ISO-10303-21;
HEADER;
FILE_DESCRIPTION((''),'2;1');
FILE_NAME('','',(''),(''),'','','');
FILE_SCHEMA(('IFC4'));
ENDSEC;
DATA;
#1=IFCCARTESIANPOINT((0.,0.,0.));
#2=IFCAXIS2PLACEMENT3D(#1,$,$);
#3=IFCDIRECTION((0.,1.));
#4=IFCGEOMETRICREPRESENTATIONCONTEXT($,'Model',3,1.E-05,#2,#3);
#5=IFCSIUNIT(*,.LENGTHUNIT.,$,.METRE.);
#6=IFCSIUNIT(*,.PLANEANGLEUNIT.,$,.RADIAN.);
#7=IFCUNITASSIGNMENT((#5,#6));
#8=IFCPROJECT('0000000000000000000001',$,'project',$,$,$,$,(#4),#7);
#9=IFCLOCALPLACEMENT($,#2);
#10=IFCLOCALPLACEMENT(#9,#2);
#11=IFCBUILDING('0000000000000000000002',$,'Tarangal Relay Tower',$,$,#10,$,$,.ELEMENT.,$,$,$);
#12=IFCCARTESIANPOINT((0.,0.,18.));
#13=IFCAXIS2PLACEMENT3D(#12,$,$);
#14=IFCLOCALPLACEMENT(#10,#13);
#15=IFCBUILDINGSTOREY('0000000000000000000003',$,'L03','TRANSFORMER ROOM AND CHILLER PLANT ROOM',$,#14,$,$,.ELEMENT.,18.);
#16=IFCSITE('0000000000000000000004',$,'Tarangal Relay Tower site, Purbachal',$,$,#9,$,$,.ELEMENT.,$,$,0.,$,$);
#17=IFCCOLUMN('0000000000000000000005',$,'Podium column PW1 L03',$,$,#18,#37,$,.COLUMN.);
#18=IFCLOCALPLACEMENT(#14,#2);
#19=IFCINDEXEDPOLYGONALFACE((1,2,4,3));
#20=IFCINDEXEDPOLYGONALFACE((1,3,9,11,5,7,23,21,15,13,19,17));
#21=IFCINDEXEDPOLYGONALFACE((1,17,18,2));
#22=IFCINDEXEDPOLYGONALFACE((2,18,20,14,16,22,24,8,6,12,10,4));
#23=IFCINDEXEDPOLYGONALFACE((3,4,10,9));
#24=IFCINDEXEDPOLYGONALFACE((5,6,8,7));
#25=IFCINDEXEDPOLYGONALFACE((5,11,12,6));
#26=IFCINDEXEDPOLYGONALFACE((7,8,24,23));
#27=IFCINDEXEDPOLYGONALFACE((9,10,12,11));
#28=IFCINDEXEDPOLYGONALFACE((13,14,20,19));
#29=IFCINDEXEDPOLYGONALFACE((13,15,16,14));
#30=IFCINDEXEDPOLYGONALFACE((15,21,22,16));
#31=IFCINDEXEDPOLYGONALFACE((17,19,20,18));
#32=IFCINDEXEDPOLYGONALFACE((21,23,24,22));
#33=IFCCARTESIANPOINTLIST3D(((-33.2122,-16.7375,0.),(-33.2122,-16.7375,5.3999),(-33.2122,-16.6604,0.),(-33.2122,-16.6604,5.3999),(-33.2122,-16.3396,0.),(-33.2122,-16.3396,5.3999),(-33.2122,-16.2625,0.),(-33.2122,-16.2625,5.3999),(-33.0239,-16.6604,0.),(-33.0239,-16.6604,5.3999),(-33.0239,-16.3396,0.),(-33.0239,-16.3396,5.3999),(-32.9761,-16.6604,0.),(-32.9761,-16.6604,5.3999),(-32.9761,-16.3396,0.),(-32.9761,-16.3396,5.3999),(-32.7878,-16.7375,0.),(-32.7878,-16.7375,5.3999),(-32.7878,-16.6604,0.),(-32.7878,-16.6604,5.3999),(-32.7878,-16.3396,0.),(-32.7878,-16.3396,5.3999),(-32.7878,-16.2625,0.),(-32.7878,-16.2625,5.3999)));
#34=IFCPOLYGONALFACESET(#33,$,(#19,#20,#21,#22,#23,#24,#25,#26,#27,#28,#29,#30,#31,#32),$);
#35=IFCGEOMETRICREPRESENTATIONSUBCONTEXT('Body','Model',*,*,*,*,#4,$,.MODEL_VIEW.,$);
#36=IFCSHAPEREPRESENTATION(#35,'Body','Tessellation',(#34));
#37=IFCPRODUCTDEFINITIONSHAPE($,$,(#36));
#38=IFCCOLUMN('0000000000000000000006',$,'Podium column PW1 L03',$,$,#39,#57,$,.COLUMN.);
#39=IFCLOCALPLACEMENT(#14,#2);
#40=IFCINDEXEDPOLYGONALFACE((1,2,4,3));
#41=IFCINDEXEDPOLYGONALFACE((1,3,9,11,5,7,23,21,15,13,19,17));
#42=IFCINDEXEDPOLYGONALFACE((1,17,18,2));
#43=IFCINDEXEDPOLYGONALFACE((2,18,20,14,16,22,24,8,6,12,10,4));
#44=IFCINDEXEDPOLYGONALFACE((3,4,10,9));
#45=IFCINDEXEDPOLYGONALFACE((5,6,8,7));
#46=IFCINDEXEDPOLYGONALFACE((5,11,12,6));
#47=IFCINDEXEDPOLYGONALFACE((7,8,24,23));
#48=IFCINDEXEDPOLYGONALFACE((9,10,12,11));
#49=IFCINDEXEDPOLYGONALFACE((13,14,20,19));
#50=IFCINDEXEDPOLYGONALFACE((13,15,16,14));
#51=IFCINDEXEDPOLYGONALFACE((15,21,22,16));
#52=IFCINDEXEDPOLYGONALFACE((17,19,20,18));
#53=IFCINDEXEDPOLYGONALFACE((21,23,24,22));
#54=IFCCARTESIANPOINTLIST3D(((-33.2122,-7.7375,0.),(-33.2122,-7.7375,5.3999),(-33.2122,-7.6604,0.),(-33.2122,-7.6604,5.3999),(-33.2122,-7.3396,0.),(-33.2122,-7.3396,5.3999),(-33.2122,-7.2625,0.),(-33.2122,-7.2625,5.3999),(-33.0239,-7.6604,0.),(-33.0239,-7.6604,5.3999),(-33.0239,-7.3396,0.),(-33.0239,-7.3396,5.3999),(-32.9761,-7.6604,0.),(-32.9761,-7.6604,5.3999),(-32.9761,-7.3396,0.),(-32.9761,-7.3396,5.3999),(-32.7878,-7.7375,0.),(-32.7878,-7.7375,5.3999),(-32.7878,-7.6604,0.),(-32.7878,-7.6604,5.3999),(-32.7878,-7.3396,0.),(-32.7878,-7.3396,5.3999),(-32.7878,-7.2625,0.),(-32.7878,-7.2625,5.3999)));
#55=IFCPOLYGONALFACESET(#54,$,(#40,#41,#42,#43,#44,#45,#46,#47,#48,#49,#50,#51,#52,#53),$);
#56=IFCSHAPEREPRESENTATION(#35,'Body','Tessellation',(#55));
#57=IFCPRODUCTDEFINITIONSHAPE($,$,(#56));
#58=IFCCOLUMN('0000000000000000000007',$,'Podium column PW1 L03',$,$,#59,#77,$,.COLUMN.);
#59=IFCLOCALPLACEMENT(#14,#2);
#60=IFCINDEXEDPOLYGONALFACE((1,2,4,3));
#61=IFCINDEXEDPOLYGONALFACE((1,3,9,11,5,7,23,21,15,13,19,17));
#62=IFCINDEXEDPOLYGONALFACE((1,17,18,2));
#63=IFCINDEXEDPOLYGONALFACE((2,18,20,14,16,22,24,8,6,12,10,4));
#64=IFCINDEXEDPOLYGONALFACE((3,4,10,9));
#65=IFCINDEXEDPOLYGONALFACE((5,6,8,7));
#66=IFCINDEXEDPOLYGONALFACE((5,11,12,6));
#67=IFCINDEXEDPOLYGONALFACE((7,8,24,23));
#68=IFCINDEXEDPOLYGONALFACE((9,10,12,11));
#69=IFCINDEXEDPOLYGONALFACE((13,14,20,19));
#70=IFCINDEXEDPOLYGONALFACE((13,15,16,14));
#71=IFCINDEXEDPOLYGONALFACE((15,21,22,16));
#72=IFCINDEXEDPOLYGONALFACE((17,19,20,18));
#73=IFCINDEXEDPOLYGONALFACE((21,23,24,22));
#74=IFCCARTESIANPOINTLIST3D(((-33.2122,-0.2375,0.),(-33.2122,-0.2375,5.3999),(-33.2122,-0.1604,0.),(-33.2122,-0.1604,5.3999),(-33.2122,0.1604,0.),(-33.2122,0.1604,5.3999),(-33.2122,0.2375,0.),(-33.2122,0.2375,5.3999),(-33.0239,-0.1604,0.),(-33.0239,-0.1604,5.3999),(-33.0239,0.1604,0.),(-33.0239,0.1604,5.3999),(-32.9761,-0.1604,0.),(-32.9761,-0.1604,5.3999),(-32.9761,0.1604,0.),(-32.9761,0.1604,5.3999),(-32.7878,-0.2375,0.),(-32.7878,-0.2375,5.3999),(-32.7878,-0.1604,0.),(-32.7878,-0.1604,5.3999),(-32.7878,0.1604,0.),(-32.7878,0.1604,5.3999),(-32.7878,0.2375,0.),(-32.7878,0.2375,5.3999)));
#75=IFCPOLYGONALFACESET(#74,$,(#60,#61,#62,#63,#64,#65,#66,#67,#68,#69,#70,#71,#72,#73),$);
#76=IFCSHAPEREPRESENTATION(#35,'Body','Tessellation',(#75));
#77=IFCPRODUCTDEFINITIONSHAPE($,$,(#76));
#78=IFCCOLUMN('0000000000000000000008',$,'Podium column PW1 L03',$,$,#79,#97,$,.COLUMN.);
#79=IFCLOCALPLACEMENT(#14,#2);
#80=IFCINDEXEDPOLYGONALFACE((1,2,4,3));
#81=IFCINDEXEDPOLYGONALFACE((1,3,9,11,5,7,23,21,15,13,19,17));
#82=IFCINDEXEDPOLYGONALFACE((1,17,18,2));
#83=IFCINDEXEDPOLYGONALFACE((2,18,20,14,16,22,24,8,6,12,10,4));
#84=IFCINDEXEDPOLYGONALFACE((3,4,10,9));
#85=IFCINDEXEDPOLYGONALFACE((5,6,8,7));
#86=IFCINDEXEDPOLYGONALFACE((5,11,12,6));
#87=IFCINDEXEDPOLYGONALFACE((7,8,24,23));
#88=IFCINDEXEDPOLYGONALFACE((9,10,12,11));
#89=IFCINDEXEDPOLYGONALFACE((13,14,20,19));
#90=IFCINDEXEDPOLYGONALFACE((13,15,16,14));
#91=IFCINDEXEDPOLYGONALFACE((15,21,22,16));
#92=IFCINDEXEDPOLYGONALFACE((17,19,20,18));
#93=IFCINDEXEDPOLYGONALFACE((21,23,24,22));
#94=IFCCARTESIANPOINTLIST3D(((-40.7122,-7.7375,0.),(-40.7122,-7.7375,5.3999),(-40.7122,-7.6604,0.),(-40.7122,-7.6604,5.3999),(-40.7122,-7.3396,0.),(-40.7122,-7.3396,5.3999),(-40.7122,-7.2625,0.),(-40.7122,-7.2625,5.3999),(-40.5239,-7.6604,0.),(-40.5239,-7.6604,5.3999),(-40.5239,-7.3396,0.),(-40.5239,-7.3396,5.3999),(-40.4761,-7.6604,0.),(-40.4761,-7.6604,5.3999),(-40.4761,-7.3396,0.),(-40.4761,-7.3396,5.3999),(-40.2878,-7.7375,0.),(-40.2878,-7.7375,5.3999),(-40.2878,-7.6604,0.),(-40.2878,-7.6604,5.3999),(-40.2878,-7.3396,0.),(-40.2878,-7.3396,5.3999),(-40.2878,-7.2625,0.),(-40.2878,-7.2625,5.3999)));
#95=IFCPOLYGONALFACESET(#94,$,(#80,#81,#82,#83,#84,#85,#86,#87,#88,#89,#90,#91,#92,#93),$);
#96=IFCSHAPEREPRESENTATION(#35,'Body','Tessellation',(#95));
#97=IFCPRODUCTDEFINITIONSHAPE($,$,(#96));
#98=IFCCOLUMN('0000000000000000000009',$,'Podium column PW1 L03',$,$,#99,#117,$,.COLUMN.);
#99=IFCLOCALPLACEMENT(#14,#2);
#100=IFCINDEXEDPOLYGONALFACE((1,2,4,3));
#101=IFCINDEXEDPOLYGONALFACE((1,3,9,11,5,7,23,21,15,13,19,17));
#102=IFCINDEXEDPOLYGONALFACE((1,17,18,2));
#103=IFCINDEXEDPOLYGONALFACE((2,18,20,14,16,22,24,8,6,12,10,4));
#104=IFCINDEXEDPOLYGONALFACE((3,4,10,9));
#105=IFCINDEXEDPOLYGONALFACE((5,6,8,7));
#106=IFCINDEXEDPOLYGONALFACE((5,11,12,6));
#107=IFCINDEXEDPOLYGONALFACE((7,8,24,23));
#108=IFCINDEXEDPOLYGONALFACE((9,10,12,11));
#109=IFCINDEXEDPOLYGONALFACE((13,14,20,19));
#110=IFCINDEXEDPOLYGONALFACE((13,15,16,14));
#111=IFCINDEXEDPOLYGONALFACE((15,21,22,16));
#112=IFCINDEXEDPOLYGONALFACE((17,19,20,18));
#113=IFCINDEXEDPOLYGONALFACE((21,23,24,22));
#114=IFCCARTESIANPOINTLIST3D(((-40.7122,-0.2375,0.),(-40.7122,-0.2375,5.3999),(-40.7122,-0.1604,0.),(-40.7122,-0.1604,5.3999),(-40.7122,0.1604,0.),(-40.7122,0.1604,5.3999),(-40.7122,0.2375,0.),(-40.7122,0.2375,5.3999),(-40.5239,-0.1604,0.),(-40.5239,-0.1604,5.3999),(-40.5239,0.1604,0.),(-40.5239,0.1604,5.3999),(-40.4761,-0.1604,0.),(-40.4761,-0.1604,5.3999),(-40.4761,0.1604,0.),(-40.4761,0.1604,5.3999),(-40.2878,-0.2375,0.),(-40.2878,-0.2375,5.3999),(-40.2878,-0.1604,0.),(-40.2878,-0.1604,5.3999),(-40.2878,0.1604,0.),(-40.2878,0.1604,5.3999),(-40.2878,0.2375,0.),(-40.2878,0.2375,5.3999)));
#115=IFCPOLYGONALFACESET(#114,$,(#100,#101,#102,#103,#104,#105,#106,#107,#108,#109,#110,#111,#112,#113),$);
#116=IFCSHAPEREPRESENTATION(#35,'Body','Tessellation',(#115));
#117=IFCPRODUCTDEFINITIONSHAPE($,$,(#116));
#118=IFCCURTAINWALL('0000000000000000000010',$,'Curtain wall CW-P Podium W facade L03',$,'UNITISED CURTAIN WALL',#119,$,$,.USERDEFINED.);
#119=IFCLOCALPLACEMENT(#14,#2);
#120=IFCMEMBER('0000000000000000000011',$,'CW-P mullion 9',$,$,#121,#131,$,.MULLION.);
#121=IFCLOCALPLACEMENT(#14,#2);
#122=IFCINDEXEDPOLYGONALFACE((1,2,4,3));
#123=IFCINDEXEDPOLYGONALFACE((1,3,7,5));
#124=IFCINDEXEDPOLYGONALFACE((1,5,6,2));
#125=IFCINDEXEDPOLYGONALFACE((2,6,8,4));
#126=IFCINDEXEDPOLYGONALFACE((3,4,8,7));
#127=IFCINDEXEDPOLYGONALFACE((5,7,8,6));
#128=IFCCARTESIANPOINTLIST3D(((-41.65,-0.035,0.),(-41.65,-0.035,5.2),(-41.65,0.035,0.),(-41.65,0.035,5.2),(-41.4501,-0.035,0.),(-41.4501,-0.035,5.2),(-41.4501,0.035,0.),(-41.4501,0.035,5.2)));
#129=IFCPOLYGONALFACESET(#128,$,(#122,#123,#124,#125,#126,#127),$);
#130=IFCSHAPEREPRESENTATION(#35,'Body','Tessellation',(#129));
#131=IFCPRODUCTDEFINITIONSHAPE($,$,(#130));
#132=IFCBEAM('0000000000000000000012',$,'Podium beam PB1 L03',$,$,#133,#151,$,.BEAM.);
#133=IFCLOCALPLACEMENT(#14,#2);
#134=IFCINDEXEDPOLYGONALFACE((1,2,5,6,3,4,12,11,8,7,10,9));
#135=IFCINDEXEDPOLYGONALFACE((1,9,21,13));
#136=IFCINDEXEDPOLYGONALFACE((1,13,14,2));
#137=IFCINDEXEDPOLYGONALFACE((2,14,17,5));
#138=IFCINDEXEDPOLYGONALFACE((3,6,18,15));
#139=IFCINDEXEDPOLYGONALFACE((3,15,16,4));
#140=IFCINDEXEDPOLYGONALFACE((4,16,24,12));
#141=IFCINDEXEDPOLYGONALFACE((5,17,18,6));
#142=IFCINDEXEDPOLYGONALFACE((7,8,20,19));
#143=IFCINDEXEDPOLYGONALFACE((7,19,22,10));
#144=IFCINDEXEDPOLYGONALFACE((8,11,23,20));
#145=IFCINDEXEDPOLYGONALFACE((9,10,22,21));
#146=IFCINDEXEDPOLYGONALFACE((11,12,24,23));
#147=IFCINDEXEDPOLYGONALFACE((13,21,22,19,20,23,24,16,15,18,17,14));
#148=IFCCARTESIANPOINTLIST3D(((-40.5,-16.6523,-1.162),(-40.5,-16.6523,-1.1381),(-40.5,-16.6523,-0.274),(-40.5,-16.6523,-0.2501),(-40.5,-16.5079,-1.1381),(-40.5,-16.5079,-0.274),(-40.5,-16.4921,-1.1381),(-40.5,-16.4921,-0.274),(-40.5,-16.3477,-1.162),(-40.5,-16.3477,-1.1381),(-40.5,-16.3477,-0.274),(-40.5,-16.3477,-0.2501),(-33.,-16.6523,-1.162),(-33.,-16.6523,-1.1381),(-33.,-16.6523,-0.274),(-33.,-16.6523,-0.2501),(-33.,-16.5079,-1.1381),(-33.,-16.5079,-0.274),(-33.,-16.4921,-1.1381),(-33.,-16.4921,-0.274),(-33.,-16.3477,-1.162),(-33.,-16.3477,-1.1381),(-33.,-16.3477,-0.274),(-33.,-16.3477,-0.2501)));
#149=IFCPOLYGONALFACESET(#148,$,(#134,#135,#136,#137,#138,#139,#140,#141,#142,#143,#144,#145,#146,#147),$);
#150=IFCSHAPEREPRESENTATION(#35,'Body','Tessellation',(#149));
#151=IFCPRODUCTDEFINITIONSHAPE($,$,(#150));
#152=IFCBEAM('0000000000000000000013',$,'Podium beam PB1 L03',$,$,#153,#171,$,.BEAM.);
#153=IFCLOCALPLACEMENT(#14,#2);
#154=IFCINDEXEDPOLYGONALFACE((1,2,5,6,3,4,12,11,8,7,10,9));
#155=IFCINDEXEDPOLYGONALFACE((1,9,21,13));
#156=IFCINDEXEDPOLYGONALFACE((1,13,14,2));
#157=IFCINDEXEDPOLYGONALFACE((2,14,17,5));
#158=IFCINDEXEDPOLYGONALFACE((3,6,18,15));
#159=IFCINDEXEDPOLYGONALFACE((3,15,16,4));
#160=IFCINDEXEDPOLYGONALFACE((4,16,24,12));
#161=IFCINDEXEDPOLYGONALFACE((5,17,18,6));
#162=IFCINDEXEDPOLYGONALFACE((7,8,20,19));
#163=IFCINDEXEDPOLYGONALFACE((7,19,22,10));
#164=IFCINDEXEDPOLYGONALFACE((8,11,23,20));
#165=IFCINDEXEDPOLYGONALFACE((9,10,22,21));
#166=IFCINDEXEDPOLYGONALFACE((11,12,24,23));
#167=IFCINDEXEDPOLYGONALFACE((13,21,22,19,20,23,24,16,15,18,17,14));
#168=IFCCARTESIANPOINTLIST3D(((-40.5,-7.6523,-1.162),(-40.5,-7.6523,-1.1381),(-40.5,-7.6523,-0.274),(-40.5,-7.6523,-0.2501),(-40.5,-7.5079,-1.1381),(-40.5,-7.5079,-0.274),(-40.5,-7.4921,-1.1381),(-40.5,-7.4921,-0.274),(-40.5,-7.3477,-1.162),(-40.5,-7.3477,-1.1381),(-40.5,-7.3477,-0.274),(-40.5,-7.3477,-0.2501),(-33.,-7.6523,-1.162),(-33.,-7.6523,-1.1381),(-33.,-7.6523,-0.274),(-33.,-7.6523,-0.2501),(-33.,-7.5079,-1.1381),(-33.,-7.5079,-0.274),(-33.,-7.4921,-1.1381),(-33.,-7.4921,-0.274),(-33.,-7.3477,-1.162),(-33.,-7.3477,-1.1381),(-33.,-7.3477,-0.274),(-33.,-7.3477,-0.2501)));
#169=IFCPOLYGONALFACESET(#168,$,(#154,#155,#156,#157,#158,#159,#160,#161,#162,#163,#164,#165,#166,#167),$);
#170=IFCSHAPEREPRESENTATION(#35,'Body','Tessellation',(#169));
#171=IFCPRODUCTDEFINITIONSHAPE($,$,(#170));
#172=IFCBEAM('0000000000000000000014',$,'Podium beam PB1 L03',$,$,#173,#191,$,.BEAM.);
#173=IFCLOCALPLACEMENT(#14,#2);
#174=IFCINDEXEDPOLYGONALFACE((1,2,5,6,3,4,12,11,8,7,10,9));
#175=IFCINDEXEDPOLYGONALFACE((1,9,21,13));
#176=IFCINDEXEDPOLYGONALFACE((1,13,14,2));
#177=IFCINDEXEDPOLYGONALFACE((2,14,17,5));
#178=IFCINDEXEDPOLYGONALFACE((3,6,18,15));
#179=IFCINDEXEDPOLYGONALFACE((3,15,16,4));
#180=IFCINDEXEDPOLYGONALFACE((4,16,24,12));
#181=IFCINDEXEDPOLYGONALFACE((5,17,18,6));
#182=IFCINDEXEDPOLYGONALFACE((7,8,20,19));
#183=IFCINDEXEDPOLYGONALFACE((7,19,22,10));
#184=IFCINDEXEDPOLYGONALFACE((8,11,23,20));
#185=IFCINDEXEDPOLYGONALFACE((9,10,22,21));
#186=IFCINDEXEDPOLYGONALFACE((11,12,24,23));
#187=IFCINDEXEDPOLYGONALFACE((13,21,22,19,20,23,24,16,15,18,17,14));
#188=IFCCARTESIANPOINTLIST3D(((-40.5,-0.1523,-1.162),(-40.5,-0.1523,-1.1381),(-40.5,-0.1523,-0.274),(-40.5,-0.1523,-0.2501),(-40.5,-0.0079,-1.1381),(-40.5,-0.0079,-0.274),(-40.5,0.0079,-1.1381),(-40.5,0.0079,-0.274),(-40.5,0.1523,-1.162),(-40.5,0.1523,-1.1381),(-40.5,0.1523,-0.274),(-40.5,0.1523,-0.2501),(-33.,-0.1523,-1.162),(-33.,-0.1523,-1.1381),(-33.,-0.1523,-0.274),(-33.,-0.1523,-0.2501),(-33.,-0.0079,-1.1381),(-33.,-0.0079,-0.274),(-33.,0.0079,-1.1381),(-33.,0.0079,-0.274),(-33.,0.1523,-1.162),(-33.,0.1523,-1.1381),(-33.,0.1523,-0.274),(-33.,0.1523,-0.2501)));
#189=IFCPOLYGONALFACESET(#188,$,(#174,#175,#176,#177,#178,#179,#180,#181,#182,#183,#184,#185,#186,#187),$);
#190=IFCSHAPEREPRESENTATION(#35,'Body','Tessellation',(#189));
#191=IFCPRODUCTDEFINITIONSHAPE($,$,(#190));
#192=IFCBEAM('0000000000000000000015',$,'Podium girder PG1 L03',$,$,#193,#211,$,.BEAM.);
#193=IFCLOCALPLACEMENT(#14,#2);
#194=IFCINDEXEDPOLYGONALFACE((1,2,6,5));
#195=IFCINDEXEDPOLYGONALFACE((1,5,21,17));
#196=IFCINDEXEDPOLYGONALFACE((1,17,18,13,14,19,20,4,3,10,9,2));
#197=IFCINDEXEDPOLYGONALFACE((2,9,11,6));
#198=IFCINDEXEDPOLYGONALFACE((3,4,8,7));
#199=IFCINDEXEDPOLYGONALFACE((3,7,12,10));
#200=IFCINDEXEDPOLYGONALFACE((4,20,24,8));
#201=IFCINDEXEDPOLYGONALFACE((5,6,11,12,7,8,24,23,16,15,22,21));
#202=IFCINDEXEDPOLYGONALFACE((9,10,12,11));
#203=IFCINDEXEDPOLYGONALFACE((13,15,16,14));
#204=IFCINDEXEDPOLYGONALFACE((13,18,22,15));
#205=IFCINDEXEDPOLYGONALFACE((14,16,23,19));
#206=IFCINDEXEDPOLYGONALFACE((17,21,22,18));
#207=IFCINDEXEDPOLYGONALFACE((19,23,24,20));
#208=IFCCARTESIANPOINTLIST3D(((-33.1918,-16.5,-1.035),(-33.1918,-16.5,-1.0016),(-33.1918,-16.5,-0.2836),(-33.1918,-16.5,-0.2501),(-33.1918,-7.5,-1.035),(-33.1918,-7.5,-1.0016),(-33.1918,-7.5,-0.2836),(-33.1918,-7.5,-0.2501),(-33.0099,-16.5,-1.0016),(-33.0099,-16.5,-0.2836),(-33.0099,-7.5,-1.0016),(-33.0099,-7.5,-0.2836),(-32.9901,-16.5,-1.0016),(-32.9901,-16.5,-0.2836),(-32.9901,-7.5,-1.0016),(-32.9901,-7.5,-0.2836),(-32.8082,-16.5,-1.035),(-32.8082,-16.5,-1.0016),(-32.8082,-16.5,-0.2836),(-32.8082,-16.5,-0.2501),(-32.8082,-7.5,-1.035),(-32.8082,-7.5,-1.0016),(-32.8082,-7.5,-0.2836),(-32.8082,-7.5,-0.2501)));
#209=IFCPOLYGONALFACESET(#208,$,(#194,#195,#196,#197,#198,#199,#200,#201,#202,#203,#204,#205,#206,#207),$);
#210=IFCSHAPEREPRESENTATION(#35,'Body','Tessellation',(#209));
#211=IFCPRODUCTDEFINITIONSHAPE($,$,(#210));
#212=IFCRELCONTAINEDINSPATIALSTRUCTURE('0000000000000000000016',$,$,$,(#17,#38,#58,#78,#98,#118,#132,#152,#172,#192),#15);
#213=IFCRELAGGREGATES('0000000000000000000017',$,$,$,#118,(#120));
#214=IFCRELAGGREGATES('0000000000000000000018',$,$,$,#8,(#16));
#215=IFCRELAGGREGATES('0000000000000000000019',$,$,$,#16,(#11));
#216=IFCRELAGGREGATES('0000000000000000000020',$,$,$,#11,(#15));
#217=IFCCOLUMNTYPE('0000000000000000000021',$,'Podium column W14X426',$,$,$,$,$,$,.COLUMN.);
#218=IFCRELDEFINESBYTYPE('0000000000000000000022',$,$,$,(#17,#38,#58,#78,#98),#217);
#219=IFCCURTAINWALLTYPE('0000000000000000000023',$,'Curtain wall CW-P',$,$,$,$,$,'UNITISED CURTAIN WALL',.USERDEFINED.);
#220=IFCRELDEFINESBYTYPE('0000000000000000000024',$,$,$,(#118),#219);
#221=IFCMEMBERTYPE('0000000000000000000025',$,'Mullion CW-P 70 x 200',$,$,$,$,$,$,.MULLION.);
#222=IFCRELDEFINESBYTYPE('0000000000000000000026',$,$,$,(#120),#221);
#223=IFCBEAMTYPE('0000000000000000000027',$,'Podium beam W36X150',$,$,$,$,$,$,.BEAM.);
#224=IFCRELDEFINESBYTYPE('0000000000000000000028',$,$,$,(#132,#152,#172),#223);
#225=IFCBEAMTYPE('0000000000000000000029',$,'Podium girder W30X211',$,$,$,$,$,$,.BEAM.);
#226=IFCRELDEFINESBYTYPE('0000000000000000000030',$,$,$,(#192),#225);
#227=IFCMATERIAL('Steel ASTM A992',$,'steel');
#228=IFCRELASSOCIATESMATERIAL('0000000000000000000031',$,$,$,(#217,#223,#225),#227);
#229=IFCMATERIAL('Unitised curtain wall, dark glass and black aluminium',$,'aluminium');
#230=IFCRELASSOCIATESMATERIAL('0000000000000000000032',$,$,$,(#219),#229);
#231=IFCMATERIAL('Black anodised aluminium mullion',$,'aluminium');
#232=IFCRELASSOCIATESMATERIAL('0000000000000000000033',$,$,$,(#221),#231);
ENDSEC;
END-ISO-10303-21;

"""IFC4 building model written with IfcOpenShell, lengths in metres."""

from ifc_helpers import new_model, si_unit, direction, frame, origin, origin_2d, place, context, subcontext, project, spatial, rectangle, i_section, extrude, material, material_profile, profile_set, type_object, element, aggregate, save


model = new_model("IFC4")

# Units and contexts
model_context = context("Model", 3, precision=1e-05, world=origin(), true_north=direction((0.0, 1.0)))
body_context = subcontext(model_context, "Body", "Model", "MODEL_VIEW")
ifc_project = project(units=[si_unit("LENGTHUNIT", "METRE"), si_unit("PLANEANGLEUNIT", "RADIAN")], contexts=[model_context])

# Site, building, storey
site_placement = place(None, origin())
site = spatial("IfcSite", under=ifc_project, at=site_placement, Name="Tarangal Relay Tower site, Purbachal", CompositionType="ELEMENT", RefElevation=0.0)
building_placement = place(site_placement, origin())
building = spatial("IfcBuilding", under=site, at=building_placement, Name="Tarangal Relay Tower", CompositionType="ELEMENT")
storey_placement = place(building_placement, frame((0.0, 0.0, 18.0)))
storey = spatial("IfcBuildingStorey", under=building, at=storey_placement, Name="L03", Description="TRANSFORMER ROOM AND CHILLER PLANT ROOM", CompositionType="ELEMENT", Elevation=18.0)

# Columns
ifc_material_1 = material(Name="Steel ASTM A992", Category="steel")
ifc_material_profile_1 = material_profile(ifc_material_1, i_section(OverallWidth=0.4243, OverallDepth=0.4751, WebThickness=0.0479, FlangeThickness=0.0771, at=origin_2d()), Name="W14X426")
ifc_profile_set_1 = profile_set([ifc_material_profile_1], Name="Steel ASTM A992")
column_type = type_object("IfcColumnType", Name="Podium column W14X426", PredefinedType="COLUMN", material=ifc_profile_set_1)
for number, where, z_axis, x_axis, name in (
    (1, (-33.0, -16.5, 0.0), (0.0, 0.0, 1.0), (1.0, 0.0, 0.0), "Podium column PW1 L03"),
    (2, (-33.0, -7.5, 0.0), (0.0, 0.0, 1.0), (1.0, 0.0, 0.0), "Podium column PW1 L03"),
    (3, (-33.0, 0.0, 0.0), (0.0, 0.0, 1.0), (1.0, 0.0, 0.0), "Podium column PW1 L03"),
    (4, (-40.5, -7.5, 0.0), (0.0, 0.0, 1.0), (1.0, 0.0, 0.0), "Podium column PW1 L03"),
    (5, (-40.5, 0.0, 0.0), (0.0, 0.0, 1.0), (1.0, 0.0, 0.0), "Podium column PW1 L03"),
):
    element("IfcColumn", number, at=place(storey_placement, frame(where, z_axis=z_axis, x_axis=x_axis)), inside=storey, type_object=column_type, Name=name, PredefinedType="COLUMN", context=body_context, shape_type="SweptSolid", body=[
        extrude(i_section(OverallWidth=0.4243, OverallDepth=0.4751, WebThickness=0.0479, FlangeThickness=0.0771, at=origin_2d()), origin(), (0.0, 0.0, 1.0), 5.3999),
    ])

# Curtain wall, member
ifc_material_2 = material(Name="Unitised curtain wall, dark glass and black aluminium", Category="aluminium")
curtain_wall_type = type_object("IfcCurtainWallType", Name="Curtain wall CW-P", ElementType="UNITISED CURTAIN WALL", PredefinedType="USERDEFINED", material=ifc_material_2)
curtain_wall_placement = place(storey_placement, origin())
curtain_wall = element("IfcCurtainWall", 6, at=curtain_wall_placement, inside=storey, type_object=curtain_wall_type, Name="Curtain wall CW-P Podium W facade L03", ObjectType="UNITISED CURTAIN WALL", PredefinedType="USERDEFINED")
ifc_material_3 = material(Name="Black anodised aluminium mullion", Category="aluminium")
ifc_material_profile_2 = material_profile(ifc_material_3, rectangle(XDim=0.2, YDim=0.0701, at=origin_2d()), Name="CW-PM 70X200")
ifc_profile_set_2 = profile_set([ifc_material_profile_2], Name="Black anodised aluminium mullion")
member_type_1 = type_object("IfcMemberType", Name="Mullion CW-P 70 x 200", PredefinedType="MULLION", material=ifc_profile_set_2)
member_1_placement = place(storey_placement, frame((-41.55, 0.0, 0.0), z_axis=(0.0, 0.0, 1.0), x_axis=(1.0, 0.0, 0.0)))
member_1 = element("IfcMember", 7, at=member_1_placement, type_object=member_type_1, Name="CW-P mullion 9", PredefinedType="MULLION", context=body_context, shape_type="SweptSolid", body=[
    extrude(rectangle(XDim=0.2, YDim=0.0701, at=origin_2d()), origin(), (0.0, 0.0, 1.0), 5.2),
])

# Beams
ifc_material_profile_3 = material_profile(ifc_material_1, i_section(OverallWidth=0.3047, OverallDepth=0.9119, WebThickness=0.0159, FlangeThickness=0.0239, at=origin_2d()), Name="W36X150")
ifc_profile_set_3 = profile_set([ifc_material_profile_3], Name="Steel ASTM A992")
beam_type_1 = type_object("IfcBeamType", Name="Podium beam W36X150", PredefinedType="BEAM", material=ifc_profile_set_3)
for number, where, z_axis, x_axis, name in (
    (8, (-33.0, -16.5, -0.7061), (-1.0, 0.0, 0.0), (0.0, -1.0, 0.0), "Podium beam PB1 L03"),
    (9, (-33.0, -7.5, -0.7061), (-1.0, 0.0, 0.0), (0.0, -1.0, 0.0), "Podium beam PB1 L03"),
    (10, (-33.0, 0.0, -0.7061), (-1.0, 0.0, 0.0), (0.0, -1.0, 0.0), "Podium beam PB1 L03"),
):
    element("IfcBeam", number, at=place(storey_placement, frame(where, z_axis=z_axis, x_axis=x_axis)), inside=storey, type_object=beam_type_1, Name=name, PredefinedType="BEAM", context=body_context, shape_type="SweptSolid", body=[
        extrude(i_section(OverallWidth=0.3047, OverallDepth=0.9119, WebThickness=0.0159, FlangeThickness=0.0239, at=origin_2d()), origin(), (0.0, 0.0, 1.0), 7.5),
    ])
ifc_material_profile_4 = material_profile(ifc_material_1, i_section(OverallWidth=0.3835, OverallDepth=0.7849, WebThickness=0.0198, FlangeThickness=0.0334, at=origin_2d()), Name="W30X211")
ifc_profile_set_4 = profile_set([ifc_material_profile_4], Name="Steel ASTM A992")
beam_type_2 = type_object("IfcBeamType", Name="Podium girder W30X211", PredefinedType="BEAM", material=ifc_profile_set_4)
beam_1_placement = place(storey_placement, frame((-33.0, -16.5, -0.6426), z_axis=(0.0, 1.0, 0.0), x_axis=(-1.0, 0.0, 0.0)))
element("IfcBeam", 11, at=beam_1_placement, inside=storey, type_object=beam_type_2, Name="Podium girder PG1 L03", PredefinedType="BEAM", context=body_context, shape_type="SweptSolid", body=[
    extrude(i_section(OverallWidth=0.3835, OverallDepth=0.7849, WebThickness=0.0198, FlangeThickness=0.0334, at=origin_2d()), origin(), (0.0, 0.0, 1.0), 9.0),
])

aggregate(curtain_wall, [member_1])

save(model, "model.ifc")
